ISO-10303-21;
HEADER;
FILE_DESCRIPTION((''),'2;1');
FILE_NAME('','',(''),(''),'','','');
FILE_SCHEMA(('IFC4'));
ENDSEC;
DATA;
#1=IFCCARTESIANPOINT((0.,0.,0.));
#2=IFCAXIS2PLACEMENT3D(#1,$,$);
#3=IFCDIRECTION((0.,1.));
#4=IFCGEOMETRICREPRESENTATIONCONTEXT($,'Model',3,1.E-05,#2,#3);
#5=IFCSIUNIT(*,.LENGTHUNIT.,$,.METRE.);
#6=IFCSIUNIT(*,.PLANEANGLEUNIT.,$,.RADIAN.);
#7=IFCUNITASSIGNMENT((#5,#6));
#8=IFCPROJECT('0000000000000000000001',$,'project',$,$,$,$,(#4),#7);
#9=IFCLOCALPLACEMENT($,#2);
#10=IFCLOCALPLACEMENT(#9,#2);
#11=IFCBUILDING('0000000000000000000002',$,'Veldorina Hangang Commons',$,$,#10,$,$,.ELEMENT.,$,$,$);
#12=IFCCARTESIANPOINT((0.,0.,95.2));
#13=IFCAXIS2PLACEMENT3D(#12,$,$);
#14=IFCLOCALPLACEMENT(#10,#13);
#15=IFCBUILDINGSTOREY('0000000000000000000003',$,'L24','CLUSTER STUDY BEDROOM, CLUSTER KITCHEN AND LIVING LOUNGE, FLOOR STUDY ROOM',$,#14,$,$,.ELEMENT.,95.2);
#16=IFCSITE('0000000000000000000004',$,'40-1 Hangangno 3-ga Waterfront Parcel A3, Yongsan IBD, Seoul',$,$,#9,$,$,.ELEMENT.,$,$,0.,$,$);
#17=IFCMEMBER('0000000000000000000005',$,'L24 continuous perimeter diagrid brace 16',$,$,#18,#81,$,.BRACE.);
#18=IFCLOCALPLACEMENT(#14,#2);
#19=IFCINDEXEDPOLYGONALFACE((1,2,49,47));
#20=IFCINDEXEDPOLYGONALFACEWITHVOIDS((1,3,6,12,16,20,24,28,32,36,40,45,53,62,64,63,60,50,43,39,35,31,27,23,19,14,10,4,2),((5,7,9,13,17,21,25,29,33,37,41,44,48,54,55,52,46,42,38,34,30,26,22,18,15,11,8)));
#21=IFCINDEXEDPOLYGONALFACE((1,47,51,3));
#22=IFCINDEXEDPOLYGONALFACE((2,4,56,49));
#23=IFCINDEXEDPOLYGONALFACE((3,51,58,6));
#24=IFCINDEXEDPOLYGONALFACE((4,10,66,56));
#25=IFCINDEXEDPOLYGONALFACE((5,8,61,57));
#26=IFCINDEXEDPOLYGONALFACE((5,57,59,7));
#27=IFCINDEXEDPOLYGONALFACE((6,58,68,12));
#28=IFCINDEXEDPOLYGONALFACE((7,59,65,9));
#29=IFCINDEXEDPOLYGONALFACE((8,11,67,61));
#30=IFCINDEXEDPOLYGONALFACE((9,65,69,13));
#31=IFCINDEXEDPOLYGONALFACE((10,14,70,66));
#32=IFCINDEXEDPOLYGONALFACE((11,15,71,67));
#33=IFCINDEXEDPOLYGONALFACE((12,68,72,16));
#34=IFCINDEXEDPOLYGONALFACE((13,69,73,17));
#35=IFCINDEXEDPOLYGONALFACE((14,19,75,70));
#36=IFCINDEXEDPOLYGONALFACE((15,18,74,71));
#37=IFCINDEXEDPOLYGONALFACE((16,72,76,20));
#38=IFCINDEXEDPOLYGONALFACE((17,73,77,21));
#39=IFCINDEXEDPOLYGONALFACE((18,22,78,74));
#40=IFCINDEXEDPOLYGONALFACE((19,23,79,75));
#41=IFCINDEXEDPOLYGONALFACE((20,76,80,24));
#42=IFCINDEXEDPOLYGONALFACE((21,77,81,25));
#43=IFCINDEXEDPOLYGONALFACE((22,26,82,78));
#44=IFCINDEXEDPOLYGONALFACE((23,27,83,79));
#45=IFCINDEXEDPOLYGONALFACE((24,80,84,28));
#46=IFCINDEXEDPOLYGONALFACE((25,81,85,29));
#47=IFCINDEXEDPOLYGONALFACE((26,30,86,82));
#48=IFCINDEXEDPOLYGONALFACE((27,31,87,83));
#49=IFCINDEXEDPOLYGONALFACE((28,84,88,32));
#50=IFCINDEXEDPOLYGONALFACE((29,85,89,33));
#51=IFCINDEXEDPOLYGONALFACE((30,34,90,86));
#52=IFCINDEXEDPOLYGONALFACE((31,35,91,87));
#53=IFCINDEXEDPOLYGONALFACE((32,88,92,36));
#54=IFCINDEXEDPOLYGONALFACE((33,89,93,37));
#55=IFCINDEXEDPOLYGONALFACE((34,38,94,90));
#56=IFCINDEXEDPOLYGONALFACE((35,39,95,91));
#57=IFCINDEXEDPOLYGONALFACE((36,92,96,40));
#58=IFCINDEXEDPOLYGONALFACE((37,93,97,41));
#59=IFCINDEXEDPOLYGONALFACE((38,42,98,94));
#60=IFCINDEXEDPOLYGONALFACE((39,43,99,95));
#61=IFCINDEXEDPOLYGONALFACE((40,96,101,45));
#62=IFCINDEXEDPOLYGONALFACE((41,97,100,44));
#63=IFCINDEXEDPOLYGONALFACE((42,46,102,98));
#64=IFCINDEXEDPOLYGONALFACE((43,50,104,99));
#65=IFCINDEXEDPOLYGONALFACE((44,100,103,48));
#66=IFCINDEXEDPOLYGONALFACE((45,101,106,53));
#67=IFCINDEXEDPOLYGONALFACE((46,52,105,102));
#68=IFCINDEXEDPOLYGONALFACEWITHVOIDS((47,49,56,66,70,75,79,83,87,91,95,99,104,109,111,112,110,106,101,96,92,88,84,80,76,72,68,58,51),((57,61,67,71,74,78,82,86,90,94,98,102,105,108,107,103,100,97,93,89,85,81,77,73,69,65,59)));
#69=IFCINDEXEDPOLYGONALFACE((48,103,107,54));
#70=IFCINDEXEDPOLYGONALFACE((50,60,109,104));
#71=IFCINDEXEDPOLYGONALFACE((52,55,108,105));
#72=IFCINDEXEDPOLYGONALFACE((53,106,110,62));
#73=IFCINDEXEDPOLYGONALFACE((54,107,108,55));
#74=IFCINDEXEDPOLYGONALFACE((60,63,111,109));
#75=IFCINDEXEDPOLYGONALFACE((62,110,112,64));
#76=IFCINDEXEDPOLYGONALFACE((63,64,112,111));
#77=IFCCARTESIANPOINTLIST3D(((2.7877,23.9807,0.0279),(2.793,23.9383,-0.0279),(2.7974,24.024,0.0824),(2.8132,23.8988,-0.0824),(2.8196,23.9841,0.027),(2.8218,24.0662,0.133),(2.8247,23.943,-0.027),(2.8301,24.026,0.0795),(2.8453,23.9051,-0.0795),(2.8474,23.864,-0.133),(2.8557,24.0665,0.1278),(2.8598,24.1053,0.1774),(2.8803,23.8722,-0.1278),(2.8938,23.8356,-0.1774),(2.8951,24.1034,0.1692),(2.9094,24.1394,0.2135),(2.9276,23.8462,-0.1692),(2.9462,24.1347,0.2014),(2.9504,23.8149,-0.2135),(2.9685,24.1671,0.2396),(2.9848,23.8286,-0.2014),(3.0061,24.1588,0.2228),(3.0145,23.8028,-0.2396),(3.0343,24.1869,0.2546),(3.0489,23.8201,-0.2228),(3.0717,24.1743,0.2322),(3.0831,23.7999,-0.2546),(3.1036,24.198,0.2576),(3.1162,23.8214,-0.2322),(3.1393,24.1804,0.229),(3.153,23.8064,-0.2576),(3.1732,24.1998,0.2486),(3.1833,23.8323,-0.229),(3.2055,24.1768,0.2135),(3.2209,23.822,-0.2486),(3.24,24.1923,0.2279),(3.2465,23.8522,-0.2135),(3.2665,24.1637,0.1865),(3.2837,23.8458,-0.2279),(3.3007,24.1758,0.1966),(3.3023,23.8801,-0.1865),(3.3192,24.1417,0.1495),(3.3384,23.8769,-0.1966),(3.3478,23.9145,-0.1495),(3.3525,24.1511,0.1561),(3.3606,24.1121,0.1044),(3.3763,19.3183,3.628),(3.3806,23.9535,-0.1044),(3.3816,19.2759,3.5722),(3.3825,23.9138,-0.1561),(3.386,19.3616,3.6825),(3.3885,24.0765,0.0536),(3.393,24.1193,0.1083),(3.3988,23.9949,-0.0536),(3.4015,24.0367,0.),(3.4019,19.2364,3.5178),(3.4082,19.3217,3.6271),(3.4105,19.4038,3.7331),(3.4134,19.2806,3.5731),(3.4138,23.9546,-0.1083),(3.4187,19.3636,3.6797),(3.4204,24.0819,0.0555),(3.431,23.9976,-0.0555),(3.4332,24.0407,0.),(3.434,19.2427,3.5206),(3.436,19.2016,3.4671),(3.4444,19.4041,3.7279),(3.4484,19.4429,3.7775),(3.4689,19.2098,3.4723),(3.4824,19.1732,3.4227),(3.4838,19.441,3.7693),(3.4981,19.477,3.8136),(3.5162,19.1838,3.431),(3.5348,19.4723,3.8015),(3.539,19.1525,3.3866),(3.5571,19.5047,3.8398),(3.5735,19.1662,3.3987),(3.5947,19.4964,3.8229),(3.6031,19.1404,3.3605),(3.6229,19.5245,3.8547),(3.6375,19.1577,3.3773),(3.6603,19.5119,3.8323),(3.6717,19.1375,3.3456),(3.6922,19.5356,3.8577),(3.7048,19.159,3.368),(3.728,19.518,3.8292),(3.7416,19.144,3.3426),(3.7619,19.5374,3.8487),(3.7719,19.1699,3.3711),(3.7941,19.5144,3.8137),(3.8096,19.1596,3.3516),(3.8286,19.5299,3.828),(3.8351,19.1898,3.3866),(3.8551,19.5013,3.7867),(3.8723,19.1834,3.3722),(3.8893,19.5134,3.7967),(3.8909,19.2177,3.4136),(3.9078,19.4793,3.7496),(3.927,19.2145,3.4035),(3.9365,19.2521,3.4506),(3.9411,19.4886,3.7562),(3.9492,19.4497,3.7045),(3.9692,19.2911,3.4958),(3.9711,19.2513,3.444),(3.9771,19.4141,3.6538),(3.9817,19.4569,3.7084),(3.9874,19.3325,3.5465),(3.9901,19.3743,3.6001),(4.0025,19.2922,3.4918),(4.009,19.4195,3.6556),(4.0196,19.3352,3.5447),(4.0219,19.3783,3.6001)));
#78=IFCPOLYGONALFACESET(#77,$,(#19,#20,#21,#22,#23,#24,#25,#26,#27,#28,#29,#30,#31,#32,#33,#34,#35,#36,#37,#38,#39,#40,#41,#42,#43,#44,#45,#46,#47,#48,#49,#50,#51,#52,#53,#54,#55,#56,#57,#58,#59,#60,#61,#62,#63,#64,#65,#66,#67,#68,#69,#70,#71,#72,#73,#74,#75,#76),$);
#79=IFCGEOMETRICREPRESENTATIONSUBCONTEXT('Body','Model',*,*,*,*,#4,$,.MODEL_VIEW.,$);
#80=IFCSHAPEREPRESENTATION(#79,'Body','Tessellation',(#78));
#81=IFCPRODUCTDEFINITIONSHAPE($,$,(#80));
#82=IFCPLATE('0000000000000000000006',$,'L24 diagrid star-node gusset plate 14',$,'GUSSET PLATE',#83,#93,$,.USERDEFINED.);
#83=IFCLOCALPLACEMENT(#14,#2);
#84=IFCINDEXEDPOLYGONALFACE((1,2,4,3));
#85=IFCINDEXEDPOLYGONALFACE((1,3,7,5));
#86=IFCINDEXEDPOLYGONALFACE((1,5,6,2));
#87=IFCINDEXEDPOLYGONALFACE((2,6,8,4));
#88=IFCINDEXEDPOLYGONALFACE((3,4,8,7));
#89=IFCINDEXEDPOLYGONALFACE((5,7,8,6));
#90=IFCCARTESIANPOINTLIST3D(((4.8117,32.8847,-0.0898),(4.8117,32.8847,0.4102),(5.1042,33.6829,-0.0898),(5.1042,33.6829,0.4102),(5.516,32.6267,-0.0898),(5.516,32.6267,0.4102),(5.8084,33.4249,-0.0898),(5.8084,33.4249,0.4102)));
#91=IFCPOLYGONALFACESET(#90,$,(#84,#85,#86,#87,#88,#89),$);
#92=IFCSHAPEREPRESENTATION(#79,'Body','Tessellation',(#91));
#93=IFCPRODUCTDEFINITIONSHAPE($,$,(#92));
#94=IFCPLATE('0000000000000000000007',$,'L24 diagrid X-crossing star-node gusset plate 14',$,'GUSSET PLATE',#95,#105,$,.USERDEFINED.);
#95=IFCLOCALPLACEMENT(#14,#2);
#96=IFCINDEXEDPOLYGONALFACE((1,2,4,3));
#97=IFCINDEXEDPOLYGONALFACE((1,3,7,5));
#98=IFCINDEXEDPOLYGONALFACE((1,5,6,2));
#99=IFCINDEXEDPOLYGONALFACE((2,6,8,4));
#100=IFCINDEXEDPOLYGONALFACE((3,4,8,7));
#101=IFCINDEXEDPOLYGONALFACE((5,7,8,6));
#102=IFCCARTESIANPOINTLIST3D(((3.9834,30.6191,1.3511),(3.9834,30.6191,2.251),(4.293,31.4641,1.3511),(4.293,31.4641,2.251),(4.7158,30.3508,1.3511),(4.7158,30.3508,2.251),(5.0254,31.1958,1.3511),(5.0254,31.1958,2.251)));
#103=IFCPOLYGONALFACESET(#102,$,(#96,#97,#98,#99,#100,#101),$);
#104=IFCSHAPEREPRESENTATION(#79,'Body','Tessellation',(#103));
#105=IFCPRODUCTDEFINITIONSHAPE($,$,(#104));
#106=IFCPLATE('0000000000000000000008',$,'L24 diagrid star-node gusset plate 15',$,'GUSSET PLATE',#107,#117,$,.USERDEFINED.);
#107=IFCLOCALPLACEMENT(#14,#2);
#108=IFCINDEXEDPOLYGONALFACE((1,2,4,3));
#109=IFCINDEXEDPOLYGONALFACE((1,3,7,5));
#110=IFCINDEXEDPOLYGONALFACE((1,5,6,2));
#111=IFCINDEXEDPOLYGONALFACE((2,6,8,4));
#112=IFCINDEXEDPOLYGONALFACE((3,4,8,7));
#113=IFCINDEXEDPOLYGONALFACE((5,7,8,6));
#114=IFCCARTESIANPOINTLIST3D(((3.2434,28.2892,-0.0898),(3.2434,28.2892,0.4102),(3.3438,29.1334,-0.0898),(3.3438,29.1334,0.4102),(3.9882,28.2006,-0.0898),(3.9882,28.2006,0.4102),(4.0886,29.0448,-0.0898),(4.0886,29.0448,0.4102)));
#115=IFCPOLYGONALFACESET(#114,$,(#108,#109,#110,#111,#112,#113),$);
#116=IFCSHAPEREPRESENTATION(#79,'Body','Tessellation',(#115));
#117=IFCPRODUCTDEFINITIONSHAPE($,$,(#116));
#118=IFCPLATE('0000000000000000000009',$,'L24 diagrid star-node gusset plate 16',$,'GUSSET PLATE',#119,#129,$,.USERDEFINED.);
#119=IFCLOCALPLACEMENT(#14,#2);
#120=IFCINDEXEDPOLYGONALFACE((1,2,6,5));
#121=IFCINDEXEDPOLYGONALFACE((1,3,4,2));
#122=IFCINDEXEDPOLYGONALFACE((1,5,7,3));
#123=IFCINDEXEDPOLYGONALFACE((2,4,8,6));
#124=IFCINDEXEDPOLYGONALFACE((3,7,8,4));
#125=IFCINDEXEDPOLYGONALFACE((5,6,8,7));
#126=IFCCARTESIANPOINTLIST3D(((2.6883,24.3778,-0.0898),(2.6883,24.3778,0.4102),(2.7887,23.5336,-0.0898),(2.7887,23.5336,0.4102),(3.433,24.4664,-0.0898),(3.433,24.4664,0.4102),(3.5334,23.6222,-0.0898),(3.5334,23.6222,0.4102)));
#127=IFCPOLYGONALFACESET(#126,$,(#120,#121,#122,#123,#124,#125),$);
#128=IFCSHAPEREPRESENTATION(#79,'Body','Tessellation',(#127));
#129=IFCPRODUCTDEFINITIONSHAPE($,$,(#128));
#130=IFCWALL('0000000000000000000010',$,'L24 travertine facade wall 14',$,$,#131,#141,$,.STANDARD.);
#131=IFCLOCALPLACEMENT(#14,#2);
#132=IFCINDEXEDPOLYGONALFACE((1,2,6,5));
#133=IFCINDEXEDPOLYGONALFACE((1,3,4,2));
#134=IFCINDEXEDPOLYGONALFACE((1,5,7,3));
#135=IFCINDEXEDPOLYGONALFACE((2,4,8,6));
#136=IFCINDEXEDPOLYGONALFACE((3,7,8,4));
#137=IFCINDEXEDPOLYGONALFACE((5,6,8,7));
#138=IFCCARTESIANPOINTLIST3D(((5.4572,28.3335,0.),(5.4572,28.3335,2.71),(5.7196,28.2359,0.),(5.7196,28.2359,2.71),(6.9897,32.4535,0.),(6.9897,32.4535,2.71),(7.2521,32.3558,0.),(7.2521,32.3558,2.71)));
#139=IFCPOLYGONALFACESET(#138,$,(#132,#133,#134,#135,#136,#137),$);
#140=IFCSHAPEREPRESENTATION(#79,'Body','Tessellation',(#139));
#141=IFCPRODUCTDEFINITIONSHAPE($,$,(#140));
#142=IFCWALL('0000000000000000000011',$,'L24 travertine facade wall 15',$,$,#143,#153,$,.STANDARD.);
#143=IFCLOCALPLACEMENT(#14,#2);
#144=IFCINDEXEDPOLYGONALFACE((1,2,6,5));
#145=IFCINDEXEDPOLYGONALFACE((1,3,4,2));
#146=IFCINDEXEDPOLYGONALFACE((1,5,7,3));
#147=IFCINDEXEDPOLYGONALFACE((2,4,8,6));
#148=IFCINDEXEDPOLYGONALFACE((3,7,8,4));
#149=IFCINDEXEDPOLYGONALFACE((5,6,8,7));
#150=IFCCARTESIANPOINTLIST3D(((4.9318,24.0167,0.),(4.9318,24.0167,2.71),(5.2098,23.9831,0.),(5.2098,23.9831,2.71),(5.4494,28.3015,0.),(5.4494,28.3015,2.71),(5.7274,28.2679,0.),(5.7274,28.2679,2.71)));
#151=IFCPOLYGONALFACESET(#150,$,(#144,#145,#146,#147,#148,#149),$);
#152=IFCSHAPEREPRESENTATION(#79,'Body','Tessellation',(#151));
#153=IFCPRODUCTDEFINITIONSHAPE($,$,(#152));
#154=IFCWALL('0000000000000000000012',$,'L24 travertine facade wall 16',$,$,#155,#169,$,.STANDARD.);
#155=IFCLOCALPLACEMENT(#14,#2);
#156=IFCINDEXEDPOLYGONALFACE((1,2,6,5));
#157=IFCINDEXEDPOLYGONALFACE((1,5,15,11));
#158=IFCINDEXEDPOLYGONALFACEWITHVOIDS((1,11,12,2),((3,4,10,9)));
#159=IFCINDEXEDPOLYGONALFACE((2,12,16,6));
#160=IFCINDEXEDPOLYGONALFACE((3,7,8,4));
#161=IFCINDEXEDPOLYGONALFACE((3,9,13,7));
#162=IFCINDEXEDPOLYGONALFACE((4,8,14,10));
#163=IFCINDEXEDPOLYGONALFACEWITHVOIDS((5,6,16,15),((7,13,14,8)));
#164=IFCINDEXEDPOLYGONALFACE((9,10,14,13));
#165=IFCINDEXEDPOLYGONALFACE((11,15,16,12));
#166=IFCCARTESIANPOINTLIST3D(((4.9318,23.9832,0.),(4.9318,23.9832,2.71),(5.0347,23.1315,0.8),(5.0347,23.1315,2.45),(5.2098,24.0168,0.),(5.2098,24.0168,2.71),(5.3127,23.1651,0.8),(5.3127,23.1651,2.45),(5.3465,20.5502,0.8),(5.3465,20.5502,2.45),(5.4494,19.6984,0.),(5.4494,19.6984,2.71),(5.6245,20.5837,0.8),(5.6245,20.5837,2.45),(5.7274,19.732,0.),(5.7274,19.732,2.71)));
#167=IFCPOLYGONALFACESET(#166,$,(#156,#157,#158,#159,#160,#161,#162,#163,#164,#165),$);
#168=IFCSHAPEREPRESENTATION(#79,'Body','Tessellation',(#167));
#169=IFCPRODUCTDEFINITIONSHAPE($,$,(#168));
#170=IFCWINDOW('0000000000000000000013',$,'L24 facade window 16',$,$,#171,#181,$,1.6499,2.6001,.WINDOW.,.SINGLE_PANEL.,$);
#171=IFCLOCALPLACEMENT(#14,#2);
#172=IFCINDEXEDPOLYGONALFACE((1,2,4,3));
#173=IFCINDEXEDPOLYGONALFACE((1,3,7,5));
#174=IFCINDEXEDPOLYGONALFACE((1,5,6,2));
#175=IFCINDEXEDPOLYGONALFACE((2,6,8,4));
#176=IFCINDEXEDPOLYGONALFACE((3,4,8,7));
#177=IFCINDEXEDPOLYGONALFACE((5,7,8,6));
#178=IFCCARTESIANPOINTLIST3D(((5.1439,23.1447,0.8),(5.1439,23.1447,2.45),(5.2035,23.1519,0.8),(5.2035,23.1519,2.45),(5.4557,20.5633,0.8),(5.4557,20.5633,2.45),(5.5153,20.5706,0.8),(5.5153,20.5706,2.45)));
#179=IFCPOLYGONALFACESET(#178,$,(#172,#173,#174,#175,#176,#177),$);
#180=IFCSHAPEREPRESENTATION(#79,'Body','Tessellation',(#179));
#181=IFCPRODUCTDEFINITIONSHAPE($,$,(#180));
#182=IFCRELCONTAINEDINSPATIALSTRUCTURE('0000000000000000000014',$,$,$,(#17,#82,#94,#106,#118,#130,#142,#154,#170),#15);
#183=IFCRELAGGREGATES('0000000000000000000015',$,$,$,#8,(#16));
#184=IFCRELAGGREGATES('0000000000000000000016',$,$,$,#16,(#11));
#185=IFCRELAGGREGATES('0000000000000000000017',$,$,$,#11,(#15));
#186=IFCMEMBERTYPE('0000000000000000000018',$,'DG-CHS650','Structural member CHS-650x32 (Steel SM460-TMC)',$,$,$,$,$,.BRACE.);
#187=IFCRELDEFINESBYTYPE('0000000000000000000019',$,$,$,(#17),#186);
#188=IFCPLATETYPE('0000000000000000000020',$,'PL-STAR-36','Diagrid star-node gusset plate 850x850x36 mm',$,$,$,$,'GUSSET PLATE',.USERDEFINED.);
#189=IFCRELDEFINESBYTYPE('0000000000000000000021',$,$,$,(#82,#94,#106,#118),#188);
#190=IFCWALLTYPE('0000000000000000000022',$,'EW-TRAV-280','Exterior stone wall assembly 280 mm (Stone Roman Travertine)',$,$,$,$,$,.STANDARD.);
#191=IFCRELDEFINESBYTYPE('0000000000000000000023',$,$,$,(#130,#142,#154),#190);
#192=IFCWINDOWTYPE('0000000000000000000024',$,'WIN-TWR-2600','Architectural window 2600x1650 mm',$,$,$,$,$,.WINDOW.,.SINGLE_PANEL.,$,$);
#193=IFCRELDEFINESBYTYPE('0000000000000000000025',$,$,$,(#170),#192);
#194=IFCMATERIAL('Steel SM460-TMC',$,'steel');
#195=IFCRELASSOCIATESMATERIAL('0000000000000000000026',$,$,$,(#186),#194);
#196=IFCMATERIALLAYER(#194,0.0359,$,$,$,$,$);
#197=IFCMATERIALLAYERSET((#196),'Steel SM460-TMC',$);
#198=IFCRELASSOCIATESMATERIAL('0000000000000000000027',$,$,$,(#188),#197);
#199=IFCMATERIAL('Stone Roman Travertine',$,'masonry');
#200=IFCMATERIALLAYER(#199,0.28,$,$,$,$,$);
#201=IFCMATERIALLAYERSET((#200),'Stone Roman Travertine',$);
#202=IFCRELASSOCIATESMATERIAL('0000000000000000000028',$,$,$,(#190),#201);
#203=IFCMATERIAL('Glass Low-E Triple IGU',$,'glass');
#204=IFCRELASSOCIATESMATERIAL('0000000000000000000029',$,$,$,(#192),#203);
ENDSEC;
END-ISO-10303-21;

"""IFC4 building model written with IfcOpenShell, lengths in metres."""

from ifc_helpers import new_model, si_unit, direction, frame, frame_2d, origin, origin_2d, place, context, subcontext, project, spatial, rectangle, hollow_circle, extrude, material, layer, layer_set, material_profile, profile_set, type_object, element, fill, save


model = new_model("IFC4")

# Units and contexts
model_context = context("Model", 3, precision=1e-05, world=origin(), true_north=direction((0.0, 1.0)))
body_context = subcontext(model_context, "Body", "Model", "MODEL_VIEW")
ifc_project = project(units=[si_unit("LENGTHUNIT", "METRE"), si_unit("PLANEANGLEUNIT", "RADIAN")], contexts=[model_context])

# Site, building, storey
site_placement = place(None, origin())
site = spatial("IfcSite", under=ifc_project, at=site_placement, Name="40-1 Hangangno 3-ga Waterfront Parcel A3, Yongsan IBD, Seoul", CompositionType="ELEMENT", RefElevation=0.0)
building_placement = place(site_placement, origin())
building = spatial("IfcBuilding", under=site, at=building_placement, Name="Veldorina Hangang Commons", CompositionType="ELEMENT")
storey_placement = place(building_placement, frame((0.0, 0.0, 95.2)))
storey = spatial("IfcBuildingStorey", under=building, at=storey_placement, Name="L24", Description="CLUSTER STUDY BEDROOM, CLUSTER KITCHEN AND LIVING LOUNGE, FLOOR STUDY ROOM", CompositionType="ELEMENT", Elevation=95.2)

# Member
ifc_material_1 = material(Name="Steel SM460-TMC", Category="steel")
ifc_material_profile_1 = material_profile(ifc_material_1, hollow_circle(Radius=0.325, WallThickness=0.032, at=origin_2d()), Name="CHS-650x32")
ifc_profile_set_1 = profile_set([ifc_material_profile_1], Name="Steel SM460-TMC")
member_type = type_object("IfcMemberType", Name="DG-CHS650", Description="Structural member CHS-650x32 (Steel SM460-TMC)", PredefinedType="BRACE", material=ifc_profile_set_1)
member_1_placement = place(storey_placement, frame((3.1108, 24.0, 0.0), z_axis=(0.099432, -0.787579, 0.608139), x_axis=(0.992124, 0.125256, 0.0)))
element("IfcMember", 1, at=member_1_placement, inside=storey, type_object=member_type, Name="L24 continuous perimeter diagrid brace 16", PredefinedType="BRACE", context=body_context, shape_type="SweptSolid", body=[
    extrude(hollow_circle(Radius=0.325, WallThickness=0.032, at=origin_2d()), origin(), (0.0, 0.0, 1.0), 5.9199),
])

# Plates
ifc_layer_1 = layer(ifc_material_1, 0.0359)
ifc_layer_set_1 = layer_set([ifc_layer_1], Name="Steel SM460-TMC")
plate_type = type_object("IfcPlateType", Name="PL-STAR-36", Description="Diagrid star-node gusset plate 850x850x36 mm", ElementType="GUSSET PLATE", PredefinedType="USERDEFINED", material=ifc_layer_set_1)
plate_1_placement = place(storey_placement, frame((5.3101, 33.1548, -0.0898), z_axis=(0.0, 0.0, 1.0), x_axis=(-0.343987, -0.938974, 0.0)))
element("IfcPlate", 2, at=plate_1_placement, inside=storey, type_object=plate_type, Name="L24 diagrid star-node gusset plate 14", ObjectType="GUSSET PLATE", PredefinedType="USERDEFINED", context=body_context, shape_type="SweptSolid", body=[
    extrude(rectangle(XDim=0.8501, YDim=0.75, at=origin_2d()), origin(), (0.0, 0.0, 1.0), 0.5),
])
plate_2_placement = place(storey_placement, frame((4.5044, 30.9075, 1.3511), z_axis=(0.0, 0.0, 1.0), x_axis=(-0.343987, -0.938974, 0.0)))
element("IfcPlate", 3, at=plate_2_placement, inside=storey, type_object=plate_type, Name="L24 diagrid X-crossing star-node gusset plate 14", ObjectType="GUSSET PLATE", PredefinedType="USERDEFINED", context=body_context, shape_type="SweptSolid", body=[
    extrude(rectangle(XDim=0.8999, YDim=0.78, at=origin_2d()), origin(), (0.0, 0.0, 1.0), 0.8999),
])
for number, where, z_axis, x_axis, name in (
    (4, (3.666, 28.667, -0.0898), (0.0, 0.0, 1.0), (-0.118109, -0.993001, 0.0), "L24 diagrid star-node gusset plate 15"),
    (5, (3.1108, 24.0, -0.0898), (0.0, 0.0, 1.0), (0.118109, -0.993001, 0.0), "L24 diagrid star-node gusset plate 16"),
):
    element("IfcPlate", number, at=place(storey_placement, frame(where, z_axis=z_axis, x_axis=x_axis)), inside=storey, type_object=plate_type, Name=name, ObjectType="GUSSET PLATE", PredefinedType="USERDEFINED", context=body_context, shape_type="SweptSolid", body=[
        extrude(rectangle(XDim=0.8501, YDim=0.75, at=origin_2d()), origin(), (0.0, 0.0, 1.0), 0.5),
    ])

# Walls
ifc_material_2 = material(Name="Stone Roman Travertine", Category="masonry")
ifc_layer_2 = layer(ifc_material_2, 0.28)
ifc_layer_set_2 = layer_set([ifc_layer_2], Name="Stone Roman Travertine")
wall_type_1 = type_object("IfcWallType", Name="EW-TRAV-280", Description="Exterior stone wall assembly 280 mm (Stone Roman Travertine)", PredefinedType="STANDARD", material=ifc_layer_set_2)
wall_1_placement = place(storey_placement, frame((7.1208, 32.4045, 0.0), z_axis=(0.0, 0.0, 1.0), x_axis=(-0.348633, -0.937259, 0.0)))
element("IfcWall", 6, at=wall_1_placement, inside=storey, type_object=wall_type_1, Name="L24 travertine facade wall 14", PredefinedType="STANDARD", context=body_context, shape_type="SweptSolid", body=[
    extrude(rectangle(XDim=4.3958, YDim=0.28, at=frame_2d((2.1978, 0.0))), origin(), (0.0, 0.0, 1.0), 2.71),
])
wall_2_placement = place(storey_placement, frame((5.5884, 28.2847, 0.0), z_axis=(0.0, 0.0, 1.0), x_axis=(-0.119926, -0.992783, 0.0)))
element("IfcWall", 7, at=wall_2_placement, inside=storey, type_object=wall_type_1, Name="L24 travertine facade wall 15", PredefinedType="STANDARD", context=body_context, shape_type="SweptSolid", body=[
    extrude(rectangle(XDim=4.3159, YDim=0.28, at=frame_2d((2.158, 0.0))), origin(), (0.0, 0.0, 1.0), 2.71),
])

# Wall, opening, window
wall_3_placement = place(storey_placement, frame((5.0708, 24.0, 0.0), z_axis=(0.0, 0.0, 1.0), x_axis=(0.119926, -0.992783, 0.0)))
wall_3 = element("IfcWall", 8, at=wall_3_placement, inside=storey, type_object=wall_type_1, Name="L24 travertine facade wall 16", PredefinedType="STANDARD", context=body_context, shape_type="SweptSolid", body=[
    extrude(rectangle(XDim=4.3159, YDim=0.28, at=frame_2d((2.158, 0.0))), origin(), (0.0, 0.0, 1.0), 2.71),
])
opening_1_placement = place(wall_3_placement, frame((0.8579, 0.0, 0.8)))
opening_1 = element("IfcOpeningElement", 9, at=opening_1_placement, cuts=wall_3, PredefinedType="OPENING", context=body_context, shape_type="SweptSolid", body=[
    extrude(rectangle(XDim=2.6001, YDim=1.6499, at=frame_2d((1.3, 0.825))), frame((0.0, 0.1499, 0.0), z_axis=(0.0, -1.0, 0.0), x_axis=(1.0, 0.0, 0.0)), (0.0, 0.0, 1.0), 0.3),
])
ifc_material_3 = material(Name="Glass Low-E Triple IGU", Category="glass")
window_type = type_object("IfcWindowType", Name="WIN-TWR-2600", Description="Architectural window 2600x1650 mm", PartitioningType="SINGLE_PANEL", PredefinedType="WINDOW", material=ifc_material_3)
window_placement = place(opening_1_placement, origin())
window = element("IfcWindow", 10, at=window_placement, inside=storey, type_object=window_type, Name="L24 facade window 16", OverallHeight=1.6499, OverallWidth=2.6001, PartitioningType="SINGLE_PANEL", PredefinedType="WINDOW", context=body_context, shape_type="SweptSolid", body=[
    extrude(rectangle(XDim=2.6001, YDim=1.6499, at=frame_2d((1.3, 0.825))), frame((0.0, 0.03, 0.0), z_axis=(0.0, -1.0, 0.0), x_axis=(1.0, 0.0, 0.0)), (0.0, 0.0, 1.0), 0.0601),
])
fill(opening_1, window)

save(model, "model.ifc")
